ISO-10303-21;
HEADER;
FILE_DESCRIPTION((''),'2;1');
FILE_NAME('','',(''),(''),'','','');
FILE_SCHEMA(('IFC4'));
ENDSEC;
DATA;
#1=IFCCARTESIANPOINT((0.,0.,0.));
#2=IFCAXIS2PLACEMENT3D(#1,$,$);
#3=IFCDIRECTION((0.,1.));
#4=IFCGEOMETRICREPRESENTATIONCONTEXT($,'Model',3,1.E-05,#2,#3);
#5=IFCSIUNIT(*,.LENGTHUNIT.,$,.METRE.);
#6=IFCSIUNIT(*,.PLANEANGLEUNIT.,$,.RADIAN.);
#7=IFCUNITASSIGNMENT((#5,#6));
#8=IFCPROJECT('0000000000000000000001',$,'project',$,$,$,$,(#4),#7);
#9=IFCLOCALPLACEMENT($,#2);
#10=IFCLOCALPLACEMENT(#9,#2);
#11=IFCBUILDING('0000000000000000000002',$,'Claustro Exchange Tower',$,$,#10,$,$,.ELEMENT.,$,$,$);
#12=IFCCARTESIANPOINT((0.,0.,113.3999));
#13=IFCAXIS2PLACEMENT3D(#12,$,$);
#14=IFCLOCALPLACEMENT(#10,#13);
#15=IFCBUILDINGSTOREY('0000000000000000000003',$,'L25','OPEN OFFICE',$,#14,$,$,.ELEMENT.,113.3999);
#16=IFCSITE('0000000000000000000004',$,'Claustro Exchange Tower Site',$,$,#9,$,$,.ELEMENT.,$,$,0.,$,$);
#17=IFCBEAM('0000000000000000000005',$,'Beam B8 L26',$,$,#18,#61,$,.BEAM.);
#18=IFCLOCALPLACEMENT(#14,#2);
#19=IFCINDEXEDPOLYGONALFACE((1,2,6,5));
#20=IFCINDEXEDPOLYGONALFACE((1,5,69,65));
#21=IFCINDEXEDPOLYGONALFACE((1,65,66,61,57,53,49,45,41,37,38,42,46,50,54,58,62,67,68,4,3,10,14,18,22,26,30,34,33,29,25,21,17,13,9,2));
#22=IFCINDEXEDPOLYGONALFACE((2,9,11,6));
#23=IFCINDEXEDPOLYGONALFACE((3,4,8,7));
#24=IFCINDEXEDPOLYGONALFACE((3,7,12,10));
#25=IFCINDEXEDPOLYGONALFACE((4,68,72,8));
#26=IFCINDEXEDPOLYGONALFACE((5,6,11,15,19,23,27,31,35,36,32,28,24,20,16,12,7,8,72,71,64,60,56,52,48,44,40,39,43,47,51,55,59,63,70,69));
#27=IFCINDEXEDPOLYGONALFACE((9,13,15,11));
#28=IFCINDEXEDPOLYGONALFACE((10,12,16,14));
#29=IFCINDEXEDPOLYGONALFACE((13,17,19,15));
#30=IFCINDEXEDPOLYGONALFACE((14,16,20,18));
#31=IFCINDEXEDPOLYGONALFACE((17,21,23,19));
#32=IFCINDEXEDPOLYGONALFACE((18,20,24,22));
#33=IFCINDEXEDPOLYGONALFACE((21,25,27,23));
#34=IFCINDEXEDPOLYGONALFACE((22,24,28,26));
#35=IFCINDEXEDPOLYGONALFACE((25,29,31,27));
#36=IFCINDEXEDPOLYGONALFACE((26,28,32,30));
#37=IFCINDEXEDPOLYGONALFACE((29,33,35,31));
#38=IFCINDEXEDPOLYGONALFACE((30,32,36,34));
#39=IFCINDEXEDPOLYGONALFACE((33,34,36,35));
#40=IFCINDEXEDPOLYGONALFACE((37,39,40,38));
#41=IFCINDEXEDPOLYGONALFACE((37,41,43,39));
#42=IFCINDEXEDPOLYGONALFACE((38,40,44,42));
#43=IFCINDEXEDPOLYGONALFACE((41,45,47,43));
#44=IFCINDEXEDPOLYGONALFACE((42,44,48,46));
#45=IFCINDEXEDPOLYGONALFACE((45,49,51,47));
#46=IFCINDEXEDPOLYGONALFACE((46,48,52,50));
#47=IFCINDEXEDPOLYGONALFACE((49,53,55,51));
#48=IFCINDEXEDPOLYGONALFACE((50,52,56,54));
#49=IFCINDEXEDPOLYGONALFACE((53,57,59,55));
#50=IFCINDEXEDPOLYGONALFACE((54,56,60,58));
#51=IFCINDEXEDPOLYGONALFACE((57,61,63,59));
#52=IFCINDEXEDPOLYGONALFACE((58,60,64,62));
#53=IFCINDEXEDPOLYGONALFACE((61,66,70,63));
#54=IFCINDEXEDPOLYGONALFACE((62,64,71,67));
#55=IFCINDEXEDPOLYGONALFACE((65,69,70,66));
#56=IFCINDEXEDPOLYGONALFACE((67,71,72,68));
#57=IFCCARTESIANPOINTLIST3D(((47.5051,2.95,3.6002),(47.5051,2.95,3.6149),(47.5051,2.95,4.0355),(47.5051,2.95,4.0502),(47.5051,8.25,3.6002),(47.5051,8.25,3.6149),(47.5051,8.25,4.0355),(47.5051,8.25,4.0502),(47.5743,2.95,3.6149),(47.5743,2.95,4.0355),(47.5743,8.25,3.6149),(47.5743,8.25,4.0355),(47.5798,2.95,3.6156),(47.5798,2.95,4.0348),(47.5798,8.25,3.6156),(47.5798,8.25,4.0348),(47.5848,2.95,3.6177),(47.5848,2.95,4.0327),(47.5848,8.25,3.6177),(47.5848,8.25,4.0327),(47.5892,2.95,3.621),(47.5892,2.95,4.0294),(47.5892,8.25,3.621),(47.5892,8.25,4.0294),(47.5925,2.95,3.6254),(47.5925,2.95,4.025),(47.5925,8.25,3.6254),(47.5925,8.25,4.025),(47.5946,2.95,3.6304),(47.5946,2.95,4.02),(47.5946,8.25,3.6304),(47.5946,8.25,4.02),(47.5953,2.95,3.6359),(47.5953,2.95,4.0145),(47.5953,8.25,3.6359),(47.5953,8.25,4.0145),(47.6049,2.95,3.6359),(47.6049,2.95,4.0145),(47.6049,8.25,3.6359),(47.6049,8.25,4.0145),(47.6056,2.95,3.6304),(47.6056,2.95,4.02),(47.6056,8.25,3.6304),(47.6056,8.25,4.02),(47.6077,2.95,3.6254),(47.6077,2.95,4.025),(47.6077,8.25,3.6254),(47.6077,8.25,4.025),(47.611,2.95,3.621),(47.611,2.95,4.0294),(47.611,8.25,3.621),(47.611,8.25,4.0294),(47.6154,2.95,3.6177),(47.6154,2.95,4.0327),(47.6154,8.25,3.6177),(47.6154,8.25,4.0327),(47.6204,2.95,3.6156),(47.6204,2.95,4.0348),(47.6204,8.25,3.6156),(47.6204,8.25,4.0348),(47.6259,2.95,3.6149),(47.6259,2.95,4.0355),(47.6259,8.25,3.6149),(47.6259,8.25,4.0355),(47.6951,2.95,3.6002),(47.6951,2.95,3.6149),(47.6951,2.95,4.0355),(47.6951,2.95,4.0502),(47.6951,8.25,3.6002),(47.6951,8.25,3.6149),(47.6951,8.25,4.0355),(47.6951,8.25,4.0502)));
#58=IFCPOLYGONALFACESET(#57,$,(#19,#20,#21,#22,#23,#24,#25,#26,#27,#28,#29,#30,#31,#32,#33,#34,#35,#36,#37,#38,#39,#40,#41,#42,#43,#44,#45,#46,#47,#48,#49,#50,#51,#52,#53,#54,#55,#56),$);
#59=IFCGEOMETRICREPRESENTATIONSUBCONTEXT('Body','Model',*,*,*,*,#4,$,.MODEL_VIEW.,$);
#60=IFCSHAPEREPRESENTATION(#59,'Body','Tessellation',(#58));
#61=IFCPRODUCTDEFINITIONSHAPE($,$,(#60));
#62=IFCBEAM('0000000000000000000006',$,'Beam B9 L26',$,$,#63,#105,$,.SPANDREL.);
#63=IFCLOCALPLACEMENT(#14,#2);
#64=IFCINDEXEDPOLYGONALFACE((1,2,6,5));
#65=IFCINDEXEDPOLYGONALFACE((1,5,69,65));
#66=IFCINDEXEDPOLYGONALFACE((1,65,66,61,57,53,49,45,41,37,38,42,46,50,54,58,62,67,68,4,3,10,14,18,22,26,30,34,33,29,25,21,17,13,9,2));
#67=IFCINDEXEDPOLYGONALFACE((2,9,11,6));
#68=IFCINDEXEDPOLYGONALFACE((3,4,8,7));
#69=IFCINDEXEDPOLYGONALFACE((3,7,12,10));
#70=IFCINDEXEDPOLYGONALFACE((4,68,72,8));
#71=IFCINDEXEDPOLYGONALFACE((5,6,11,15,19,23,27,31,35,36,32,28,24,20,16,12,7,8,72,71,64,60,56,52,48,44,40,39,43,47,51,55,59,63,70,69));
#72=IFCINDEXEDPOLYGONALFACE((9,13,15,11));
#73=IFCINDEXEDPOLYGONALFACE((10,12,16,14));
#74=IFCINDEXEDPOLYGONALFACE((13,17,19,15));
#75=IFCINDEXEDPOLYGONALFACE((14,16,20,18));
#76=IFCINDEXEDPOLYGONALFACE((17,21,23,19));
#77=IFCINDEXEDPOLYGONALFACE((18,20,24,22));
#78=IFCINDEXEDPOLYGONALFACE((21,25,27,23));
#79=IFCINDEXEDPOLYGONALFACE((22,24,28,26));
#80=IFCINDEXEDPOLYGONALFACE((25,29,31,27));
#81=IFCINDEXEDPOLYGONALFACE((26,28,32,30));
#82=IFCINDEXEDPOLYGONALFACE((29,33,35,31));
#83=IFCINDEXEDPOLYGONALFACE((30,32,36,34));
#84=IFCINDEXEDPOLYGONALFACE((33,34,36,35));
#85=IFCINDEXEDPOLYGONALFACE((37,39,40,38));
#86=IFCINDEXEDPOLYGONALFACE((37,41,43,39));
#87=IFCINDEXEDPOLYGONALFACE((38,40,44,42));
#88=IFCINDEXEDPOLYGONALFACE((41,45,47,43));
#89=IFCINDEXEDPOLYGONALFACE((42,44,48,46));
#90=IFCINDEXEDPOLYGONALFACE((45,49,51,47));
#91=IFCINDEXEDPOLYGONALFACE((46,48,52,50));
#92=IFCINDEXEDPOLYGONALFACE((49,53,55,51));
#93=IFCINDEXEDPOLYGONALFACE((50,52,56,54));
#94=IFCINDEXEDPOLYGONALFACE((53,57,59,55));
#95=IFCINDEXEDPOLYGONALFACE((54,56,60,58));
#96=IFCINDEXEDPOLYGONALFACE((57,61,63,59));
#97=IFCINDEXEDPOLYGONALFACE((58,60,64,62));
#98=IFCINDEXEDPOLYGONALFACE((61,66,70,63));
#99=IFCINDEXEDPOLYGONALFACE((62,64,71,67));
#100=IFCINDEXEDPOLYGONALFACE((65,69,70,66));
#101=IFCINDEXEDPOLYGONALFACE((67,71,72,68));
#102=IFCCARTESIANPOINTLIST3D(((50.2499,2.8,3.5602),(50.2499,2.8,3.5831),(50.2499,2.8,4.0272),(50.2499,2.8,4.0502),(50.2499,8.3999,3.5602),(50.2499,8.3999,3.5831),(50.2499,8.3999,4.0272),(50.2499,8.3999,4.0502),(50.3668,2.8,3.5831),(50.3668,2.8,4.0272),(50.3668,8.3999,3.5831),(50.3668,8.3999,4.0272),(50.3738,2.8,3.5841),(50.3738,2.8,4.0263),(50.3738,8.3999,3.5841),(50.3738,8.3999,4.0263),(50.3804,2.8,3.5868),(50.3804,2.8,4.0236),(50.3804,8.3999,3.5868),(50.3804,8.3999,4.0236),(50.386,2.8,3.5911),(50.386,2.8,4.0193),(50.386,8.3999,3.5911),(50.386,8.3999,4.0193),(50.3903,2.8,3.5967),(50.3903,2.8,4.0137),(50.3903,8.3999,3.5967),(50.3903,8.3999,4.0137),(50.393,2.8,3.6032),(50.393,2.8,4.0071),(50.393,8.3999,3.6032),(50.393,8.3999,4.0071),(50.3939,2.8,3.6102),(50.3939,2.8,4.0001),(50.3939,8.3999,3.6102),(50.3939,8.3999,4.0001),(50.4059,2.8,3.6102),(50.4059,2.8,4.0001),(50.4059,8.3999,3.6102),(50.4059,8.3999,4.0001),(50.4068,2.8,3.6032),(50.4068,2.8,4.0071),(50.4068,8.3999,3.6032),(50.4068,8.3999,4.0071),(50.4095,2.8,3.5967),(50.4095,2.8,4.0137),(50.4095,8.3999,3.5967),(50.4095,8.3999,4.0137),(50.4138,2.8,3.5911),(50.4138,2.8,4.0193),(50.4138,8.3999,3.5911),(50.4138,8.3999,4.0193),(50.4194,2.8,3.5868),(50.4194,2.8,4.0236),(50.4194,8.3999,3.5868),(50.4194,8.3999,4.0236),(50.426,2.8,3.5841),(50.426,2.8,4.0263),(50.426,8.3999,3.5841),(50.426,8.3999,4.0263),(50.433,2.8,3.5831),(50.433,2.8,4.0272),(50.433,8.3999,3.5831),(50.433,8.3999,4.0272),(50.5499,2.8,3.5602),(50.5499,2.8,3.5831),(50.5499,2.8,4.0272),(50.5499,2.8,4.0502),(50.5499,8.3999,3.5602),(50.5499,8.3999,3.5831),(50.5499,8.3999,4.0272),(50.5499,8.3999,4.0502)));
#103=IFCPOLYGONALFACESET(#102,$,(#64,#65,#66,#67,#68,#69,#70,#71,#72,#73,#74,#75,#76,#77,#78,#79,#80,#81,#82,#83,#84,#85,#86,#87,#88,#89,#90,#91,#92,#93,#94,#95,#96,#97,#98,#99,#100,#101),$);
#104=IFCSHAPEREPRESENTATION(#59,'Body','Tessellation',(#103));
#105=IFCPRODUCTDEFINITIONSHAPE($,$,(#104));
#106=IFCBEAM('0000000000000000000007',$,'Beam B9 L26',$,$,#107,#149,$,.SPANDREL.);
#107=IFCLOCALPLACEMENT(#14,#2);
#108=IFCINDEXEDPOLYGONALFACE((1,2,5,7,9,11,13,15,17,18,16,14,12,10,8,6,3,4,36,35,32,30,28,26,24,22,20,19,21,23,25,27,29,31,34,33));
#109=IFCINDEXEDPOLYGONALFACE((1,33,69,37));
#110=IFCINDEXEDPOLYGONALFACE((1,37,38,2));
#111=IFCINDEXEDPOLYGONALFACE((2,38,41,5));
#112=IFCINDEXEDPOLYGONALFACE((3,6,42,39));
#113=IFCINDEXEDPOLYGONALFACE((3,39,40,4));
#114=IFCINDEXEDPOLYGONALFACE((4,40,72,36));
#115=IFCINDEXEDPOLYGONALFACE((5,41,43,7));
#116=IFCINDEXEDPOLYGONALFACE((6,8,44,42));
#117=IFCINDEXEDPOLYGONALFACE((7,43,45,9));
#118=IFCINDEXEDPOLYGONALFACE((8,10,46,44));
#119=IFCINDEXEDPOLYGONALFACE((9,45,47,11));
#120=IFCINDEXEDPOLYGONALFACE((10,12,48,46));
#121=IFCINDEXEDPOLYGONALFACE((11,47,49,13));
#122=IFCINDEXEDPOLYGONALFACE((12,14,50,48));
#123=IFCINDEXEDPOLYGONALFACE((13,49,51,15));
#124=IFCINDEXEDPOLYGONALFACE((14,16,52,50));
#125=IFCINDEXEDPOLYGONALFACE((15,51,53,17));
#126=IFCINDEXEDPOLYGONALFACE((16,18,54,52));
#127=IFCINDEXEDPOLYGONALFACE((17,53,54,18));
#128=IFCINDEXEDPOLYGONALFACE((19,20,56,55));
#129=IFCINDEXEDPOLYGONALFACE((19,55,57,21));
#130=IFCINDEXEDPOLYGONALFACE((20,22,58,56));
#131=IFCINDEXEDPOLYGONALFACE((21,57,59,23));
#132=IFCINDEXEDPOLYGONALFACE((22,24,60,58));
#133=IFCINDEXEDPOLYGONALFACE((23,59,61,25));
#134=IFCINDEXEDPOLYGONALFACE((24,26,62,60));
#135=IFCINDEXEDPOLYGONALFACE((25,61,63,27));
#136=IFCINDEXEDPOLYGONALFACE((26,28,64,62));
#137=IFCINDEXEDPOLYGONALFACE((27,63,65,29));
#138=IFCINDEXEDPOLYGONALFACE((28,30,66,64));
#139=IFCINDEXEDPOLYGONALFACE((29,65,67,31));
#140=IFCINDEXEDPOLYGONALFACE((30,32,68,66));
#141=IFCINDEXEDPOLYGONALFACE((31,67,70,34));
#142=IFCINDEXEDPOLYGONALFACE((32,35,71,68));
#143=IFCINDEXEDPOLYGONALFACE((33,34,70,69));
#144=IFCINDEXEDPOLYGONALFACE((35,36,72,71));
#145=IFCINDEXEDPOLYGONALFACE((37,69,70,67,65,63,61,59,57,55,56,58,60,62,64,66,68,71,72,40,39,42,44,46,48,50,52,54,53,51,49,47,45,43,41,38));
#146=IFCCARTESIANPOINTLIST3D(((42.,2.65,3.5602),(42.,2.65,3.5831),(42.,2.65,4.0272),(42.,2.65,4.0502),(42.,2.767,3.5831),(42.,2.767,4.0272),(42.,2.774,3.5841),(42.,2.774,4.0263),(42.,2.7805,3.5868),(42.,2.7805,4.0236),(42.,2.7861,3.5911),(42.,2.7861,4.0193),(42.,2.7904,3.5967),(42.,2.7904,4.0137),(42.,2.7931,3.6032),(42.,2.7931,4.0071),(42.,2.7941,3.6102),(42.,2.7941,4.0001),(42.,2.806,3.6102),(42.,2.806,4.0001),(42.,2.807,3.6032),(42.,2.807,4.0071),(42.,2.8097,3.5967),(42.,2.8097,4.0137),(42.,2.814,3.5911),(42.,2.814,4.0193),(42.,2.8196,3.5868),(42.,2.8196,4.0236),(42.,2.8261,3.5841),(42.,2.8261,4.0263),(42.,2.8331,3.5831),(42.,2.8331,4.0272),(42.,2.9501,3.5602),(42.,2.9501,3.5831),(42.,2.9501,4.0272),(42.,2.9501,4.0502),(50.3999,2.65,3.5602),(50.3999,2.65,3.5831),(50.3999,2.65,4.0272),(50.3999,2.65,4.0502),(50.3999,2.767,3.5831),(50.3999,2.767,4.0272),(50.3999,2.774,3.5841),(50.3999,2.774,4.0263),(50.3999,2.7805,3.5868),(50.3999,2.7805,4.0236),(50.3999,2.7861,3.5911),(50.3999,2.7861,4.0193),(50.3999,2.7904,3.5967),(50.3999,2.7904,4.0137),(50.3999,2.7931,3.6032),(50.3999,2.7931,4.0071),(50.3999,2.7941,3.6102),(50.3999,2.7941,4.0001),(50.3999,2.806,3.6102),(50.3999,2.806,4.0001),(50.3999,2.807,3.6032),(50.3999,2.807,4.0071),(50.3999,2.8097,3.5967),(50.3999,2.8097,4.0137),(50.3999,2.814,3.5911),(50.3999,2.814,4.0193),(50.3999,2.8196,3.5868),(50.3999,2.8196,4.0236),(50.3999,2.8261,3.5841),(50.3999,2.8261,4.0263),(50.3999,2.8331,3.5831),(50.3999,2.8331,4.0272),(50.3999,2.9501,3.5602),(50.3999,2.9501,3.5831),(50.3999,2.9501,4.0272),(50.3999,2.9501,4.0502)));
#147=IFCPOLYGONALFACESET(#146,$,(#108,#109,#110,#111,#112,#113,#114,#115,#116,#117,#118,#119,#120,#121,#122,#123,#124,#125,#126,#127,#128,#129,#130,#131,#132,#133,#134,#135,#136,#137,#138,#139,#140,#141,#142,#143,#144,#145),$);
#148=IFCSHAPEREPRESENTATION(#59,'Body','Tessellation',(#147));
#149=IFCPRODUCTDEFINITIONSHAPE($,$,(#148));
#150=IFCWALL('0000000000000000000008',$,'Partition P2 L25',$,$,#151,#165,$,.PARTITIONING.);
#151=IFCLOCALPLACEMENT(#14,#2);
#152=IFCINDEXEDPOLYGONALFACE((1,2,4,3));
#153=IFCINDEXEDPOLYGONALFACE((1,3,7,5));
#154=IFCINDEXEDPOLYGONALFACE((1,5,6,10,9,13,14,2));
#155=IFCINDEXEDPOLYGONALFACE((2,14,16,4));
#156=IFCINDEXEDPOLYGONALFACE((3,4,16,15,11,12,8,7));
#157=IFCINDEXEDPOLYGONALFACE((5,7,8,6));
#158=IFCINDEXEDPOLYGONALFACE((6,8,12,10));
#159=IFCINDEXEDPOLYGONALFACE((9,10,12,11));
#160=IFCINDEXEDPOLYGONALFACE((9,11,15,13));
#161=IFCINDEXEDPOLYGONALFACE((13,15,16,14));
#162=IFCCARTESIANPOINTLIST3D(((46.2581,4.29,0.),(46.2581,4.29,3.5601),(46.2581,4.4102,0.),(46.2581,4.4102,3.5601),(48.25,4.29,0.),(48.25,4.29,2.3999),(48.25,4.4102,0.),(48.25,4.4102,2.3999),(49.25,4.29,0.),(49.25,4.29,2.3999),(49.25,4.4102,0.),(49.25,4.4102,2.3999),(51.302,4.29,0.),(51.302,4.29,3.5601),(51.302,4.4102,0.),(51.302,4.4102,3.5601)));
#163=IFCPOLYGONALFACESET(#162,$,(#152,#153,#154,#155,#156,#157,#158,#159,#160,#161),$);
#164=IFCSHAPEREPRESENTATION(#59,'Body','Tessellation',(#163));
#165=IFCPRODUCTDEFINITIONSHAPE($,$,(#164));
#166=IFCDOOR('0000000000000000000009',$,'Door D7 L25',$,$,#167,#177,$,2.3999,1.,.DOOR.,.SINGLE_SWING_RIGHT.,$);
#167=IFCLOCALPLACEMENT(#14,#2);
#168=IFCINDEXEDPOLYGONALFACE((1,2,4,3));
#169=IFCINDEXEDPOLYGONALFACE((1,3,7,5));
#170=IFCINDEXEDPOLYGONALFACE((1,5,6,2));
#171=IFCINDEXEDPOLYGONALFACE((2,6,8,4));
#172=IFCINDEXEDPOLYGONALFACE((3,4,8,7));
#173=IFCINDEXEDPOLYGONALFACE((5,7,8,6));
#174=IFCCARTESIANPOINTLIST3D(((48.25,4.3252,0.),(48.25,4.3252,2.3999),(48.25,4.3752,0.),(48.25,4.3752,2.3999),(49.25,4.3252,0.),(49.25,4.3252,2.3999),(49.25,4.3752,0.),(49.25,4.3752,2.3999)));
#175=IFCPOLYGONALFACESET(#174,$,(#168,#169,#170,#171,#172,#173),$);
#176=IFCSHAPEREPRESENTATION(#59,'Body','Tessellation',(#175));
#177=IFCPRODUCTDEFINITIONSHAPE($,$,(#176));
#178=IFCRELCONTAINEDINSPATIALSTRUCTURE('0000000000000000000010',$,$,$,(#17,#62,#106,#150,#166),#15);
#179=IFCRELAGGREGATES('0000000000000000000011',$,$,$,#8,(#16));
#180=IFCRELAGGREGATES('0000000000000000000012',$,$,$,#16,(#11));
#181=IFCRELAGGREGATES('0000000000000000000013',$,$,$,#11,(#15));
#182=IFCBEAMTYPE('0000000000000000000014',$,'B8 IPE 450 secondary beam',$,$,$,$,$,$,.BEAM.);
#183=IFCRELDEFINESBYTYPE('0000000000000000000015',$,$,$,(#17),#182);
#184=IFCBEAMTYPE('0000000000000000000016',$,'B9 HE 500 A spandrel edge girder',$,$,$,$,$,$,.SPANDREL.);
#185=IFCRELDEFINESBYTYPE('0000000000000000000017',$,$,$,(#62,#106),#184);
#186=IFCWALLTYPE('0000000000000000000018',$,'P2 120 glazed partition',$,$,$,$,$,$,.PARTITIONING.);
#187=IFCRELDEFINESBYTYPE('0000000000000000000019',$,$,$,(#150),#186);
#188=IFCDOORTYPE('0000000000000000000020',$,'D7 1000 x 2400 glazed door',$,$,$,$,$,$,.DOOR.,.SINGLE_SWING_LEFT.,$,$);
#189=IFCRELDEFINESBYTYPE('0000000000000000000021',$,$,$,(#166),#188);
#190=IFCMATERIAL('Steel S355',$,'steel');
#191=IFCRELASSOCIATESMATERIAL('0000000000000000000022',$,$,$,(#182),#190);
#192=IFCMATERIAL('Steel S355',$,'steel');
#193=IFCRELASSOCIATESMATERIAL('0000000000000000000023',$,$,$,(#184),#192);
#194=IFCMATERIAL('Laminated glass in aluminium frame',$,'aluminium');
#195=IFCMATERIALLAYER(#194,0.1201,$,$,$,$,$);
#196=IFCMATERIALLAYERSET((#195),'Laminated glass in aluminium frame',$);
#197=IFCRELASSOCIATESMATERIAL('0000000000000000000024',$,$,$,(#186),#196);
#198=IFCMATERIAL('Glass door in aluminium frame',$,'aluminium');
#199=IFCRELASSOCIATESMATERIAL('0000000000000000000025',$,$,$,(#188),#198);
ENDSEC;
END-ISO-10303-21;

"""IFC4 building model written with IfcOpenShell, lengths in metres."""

from ifc_helpers import new_model, si_unit, direction, frame, frame_2d, origin, origin_2d, place, context, subcontext, project, spatial, rectangle, i_section, extrude, material, layer, layer_set, material_profile, profile_set, type_object, element, fill, save


model = new_model("IFC4")

# Units and contexts
model_context = context("Model", 3, precision=1e-05, world=origin(), true_north=direction((0.0, 1.0)))
body_context = subcontext(model_context, "Body", "Model", "MODEL_VIEW")
ifc_project = project(units=[si_unit("LENGTHUNIT", "METRE"), si_unit("PLANEANGLEUNIT", "RADIAN")], contexts=[model_context])

# Site, building, storey
site_placement = place(None, origin())
site = spatial("IfcSite", under=ifc_project, at=site_placement, Name="Claustro Exchange Tower Site", CompositionType="ELEMENT", RefElevation=0.0)
building_placement = place(site_placement, origin())
building = spatial("IfcBuilding", under=site, at=building_placement, Name="Claustro Exchange Tower", CompositionType="ELEMENT")
storey_placement = place(building_placement, frame((0.0, 0.0, 113.3999)))
storey = spatial("IfcBuildingStorey", under=building, at=storey_placement, Name="L25", Description="OPEN OFFICE", CompositionType="ELEMENT", Elevation=113.3999)

# Beams
ifc_material_1 = material(Name="Steel S355", Category="steel")
ifc_material_profile_1 = material_profile(ifc_material_1, i_section(OverallWidth=0.1899, OverallDepth=0.45, WebThickness=0.0095, FlangeThickness=0.0146, FilletRadius=0.021, at=origin_2d()), Name="IPE 450")
ifc_profile_set_1 = profile_set([ifc_material_profile_1], Name="Steel S355")
beam_type_1 = type_object("IfcBeamType", Name="B8 IPE 450 secondary beam", PredefinedType="BEAM", material=ifc_profile_set_1)
for number, where, z_axis, x_axis, name in (
    (1, (47.6001, 2.95, 3.8252), (0.0, 1.0, 0.0), (-1.0, 0.0, 0.0), "Beam B8 L26"),
):
    element("IfcBeam", number, at=place(storey_placement, frame(where, z_axis=z_axis, x_axis=x_axis)), inside=storey, type_object=beam_type_1, Name=name, PredefinedType="BEAM", context=body_context, shape_type="SweptSolid", body=[
        extrude(i_section(OverallWidth=0.1899, OverallDepth=0.45, WebThickness=0.0095, FlangeThickness=0.0146, FilletRadius=0.021, at=origin_2d()), origin(), (0.0, 0.0, 1.0), 5.3),
    ])
ifc_material_2 = material(Name="Steel S355", Category="steel")
ifc_material_profile_2 = material_profile(ifc_material_2, i_section(OverallWidth=0.3, OverallDepth=0.49, WebThickness=0.012, FlangeThickness=0.0229, FilletRadius=0.0271, at=origin_2d()), Name="HE 500 A")
ifc_profile_set_2 = profile_set([ifc_material_profile_2], Name="Steel S355")
beam_type_2 = type_object("IfcBeamType", Name="B9 HE 500 A spandrel edge girder", PredefinedType="SPANDREL", material=ifc_profile_set_2)
beam_1_placement = place(storey_placement, frame((50.3999, 2.8, 3.8052), z_axis=(0.0, 1.0, 0.0), x_axis=(-1.0, 0.0, 0.0)))
element("IfcBeam", 2, at=beam_1_placement, inside=storey, type_object=beam_type_2, Name="Beam B9 L26", PredefinedType="SPANDREL", context=body_context, shape_type="SweptSolid", body=[
    extrude(i_section(OverallWidth=0.3, OverallDepth=0.49, WebThickness=0.012, FlangeThickness=0.0229, FilletRadius=0.0271, at=origin_2d()), origin(), (0.0, 0.0, 1.0), 5.5999),
])
beam_2_placement = place(storey_placement, frame((42.0, 2.8, 3.8052), z_axis=(1.0, 0.0, 0.0), x_axis=(0.0, 1.0, 0.0)))
element("IfcBeam", 3, at=beam_2_placement, inside=storey, type_object=beam_type_2, Name="Beam B9 L26", PredefinedType="SPANDREL", context=body_context, shape_type="SweptSolid", body=[
    extrude(i_section(OverallWidth=0.3, OverallDepth=0.49, WebThickness=0.012, FlangeThickness=0.0229, FilletRadius=0.0271, at=origin_2d()), origin(), (0.0, 0.0, 1.0), 8.3999),
])

# Wall, opening, door
ifc_material_3 = material(Name="Laminated glass in aluminium frame", Category="aluminium")
ifc_layer_1 = layer(ifc_material_3, 0.1201)
ifc_layer_set_1 = layer_set([ifc_layer_1], Name="Laminated glass in aluminium frame")
wall_type_1 = type_object("IfcWallType", Name="P2 120 glazed partition", PredefinedType="PARTITIONING", material=ifc_layer_set_1)
wall_1_placement = place(storey_placement, frame((46.2581, 4.3501, 0.0), z_axis=(0.0, 0.0, 1.0), x_axis=(1.0, 0.0, 0.0)))
wall_1 = element("IfcWall", 4, at=wall_1_placement, inside=storey, type_object=wall_type_1, Name="Partition P2 L25", PredefinedType="PARTITIONING", context=body_context, shape_type="SweptSolid", body=[
    extrude(rectangle(XDim=5.0439, YDim=0.1201, at=frame_2d((2.522, 0.0))), origin(), (0.0, 0.0, 1.0), 3.5601),
])
opening_1_placement = place(wall_1_placement, frame((1.9919, 0.0, 0.0)))
opening_1 = element("IfcOpeningElement", 5, at=opening_1_placement, cuts=wall_1, PredefinedType="OPENING", context=body_context, shape_type="SweptSolid", body=[
    extrude(rectangle(XDim=1.0, YDim=2.3999, at=frame_2d((0.5, 1.2))), frame((0.0, 0.0701, 0.0), z_axis=(0.0, -1.0, 0.0), x_axis=(1.0, 0.0, 0.0)), (0.0, 0.0, 1.0), 0.1401),
])
ifc_material_4 = material(Name="Glass door in aluminium frame", Category="aluminium")
door_type_1 = type_object("IfcDoorType", Name="D7 1000 x 2400 glazed door", OperationType="SINGLE_SWING_LEFT", PredefinedType="DOOR", material=ifc_material_4)
door_1_placement = place(opening_1_placement, frame((1.0, 0.0, 0.0), z_axis=(0.0, 0.0, 1.0), x_axis=(-1.0, 0.0, 0.0)))
door_1 = element("IfcDoor", 6, at=door_1_placement, inside=storey, type_object=door_type_1, Name="Door D7 L25", OperationType="SINGLE_SWING_RIGHT", OverallHeight=2.3999, OverallWidth=1.0, PredefinedType="DOOR", context=body_context, shape_type="SweptSolid", body=[
    extrude(rectangle(XDim=1.0, YDim=2.3999, at=frame_2d((0.5, 1.2))), frame((0.0, 0.0249, 0.0), z_axis=(0.0, -1.0, 0.0), x_axis=(1.0, 0.0, 0.0)), (0.0, 0.0, 1.0), 0.05),
])
fill(opening_1, door_1)

save(model, "model.ifc")
